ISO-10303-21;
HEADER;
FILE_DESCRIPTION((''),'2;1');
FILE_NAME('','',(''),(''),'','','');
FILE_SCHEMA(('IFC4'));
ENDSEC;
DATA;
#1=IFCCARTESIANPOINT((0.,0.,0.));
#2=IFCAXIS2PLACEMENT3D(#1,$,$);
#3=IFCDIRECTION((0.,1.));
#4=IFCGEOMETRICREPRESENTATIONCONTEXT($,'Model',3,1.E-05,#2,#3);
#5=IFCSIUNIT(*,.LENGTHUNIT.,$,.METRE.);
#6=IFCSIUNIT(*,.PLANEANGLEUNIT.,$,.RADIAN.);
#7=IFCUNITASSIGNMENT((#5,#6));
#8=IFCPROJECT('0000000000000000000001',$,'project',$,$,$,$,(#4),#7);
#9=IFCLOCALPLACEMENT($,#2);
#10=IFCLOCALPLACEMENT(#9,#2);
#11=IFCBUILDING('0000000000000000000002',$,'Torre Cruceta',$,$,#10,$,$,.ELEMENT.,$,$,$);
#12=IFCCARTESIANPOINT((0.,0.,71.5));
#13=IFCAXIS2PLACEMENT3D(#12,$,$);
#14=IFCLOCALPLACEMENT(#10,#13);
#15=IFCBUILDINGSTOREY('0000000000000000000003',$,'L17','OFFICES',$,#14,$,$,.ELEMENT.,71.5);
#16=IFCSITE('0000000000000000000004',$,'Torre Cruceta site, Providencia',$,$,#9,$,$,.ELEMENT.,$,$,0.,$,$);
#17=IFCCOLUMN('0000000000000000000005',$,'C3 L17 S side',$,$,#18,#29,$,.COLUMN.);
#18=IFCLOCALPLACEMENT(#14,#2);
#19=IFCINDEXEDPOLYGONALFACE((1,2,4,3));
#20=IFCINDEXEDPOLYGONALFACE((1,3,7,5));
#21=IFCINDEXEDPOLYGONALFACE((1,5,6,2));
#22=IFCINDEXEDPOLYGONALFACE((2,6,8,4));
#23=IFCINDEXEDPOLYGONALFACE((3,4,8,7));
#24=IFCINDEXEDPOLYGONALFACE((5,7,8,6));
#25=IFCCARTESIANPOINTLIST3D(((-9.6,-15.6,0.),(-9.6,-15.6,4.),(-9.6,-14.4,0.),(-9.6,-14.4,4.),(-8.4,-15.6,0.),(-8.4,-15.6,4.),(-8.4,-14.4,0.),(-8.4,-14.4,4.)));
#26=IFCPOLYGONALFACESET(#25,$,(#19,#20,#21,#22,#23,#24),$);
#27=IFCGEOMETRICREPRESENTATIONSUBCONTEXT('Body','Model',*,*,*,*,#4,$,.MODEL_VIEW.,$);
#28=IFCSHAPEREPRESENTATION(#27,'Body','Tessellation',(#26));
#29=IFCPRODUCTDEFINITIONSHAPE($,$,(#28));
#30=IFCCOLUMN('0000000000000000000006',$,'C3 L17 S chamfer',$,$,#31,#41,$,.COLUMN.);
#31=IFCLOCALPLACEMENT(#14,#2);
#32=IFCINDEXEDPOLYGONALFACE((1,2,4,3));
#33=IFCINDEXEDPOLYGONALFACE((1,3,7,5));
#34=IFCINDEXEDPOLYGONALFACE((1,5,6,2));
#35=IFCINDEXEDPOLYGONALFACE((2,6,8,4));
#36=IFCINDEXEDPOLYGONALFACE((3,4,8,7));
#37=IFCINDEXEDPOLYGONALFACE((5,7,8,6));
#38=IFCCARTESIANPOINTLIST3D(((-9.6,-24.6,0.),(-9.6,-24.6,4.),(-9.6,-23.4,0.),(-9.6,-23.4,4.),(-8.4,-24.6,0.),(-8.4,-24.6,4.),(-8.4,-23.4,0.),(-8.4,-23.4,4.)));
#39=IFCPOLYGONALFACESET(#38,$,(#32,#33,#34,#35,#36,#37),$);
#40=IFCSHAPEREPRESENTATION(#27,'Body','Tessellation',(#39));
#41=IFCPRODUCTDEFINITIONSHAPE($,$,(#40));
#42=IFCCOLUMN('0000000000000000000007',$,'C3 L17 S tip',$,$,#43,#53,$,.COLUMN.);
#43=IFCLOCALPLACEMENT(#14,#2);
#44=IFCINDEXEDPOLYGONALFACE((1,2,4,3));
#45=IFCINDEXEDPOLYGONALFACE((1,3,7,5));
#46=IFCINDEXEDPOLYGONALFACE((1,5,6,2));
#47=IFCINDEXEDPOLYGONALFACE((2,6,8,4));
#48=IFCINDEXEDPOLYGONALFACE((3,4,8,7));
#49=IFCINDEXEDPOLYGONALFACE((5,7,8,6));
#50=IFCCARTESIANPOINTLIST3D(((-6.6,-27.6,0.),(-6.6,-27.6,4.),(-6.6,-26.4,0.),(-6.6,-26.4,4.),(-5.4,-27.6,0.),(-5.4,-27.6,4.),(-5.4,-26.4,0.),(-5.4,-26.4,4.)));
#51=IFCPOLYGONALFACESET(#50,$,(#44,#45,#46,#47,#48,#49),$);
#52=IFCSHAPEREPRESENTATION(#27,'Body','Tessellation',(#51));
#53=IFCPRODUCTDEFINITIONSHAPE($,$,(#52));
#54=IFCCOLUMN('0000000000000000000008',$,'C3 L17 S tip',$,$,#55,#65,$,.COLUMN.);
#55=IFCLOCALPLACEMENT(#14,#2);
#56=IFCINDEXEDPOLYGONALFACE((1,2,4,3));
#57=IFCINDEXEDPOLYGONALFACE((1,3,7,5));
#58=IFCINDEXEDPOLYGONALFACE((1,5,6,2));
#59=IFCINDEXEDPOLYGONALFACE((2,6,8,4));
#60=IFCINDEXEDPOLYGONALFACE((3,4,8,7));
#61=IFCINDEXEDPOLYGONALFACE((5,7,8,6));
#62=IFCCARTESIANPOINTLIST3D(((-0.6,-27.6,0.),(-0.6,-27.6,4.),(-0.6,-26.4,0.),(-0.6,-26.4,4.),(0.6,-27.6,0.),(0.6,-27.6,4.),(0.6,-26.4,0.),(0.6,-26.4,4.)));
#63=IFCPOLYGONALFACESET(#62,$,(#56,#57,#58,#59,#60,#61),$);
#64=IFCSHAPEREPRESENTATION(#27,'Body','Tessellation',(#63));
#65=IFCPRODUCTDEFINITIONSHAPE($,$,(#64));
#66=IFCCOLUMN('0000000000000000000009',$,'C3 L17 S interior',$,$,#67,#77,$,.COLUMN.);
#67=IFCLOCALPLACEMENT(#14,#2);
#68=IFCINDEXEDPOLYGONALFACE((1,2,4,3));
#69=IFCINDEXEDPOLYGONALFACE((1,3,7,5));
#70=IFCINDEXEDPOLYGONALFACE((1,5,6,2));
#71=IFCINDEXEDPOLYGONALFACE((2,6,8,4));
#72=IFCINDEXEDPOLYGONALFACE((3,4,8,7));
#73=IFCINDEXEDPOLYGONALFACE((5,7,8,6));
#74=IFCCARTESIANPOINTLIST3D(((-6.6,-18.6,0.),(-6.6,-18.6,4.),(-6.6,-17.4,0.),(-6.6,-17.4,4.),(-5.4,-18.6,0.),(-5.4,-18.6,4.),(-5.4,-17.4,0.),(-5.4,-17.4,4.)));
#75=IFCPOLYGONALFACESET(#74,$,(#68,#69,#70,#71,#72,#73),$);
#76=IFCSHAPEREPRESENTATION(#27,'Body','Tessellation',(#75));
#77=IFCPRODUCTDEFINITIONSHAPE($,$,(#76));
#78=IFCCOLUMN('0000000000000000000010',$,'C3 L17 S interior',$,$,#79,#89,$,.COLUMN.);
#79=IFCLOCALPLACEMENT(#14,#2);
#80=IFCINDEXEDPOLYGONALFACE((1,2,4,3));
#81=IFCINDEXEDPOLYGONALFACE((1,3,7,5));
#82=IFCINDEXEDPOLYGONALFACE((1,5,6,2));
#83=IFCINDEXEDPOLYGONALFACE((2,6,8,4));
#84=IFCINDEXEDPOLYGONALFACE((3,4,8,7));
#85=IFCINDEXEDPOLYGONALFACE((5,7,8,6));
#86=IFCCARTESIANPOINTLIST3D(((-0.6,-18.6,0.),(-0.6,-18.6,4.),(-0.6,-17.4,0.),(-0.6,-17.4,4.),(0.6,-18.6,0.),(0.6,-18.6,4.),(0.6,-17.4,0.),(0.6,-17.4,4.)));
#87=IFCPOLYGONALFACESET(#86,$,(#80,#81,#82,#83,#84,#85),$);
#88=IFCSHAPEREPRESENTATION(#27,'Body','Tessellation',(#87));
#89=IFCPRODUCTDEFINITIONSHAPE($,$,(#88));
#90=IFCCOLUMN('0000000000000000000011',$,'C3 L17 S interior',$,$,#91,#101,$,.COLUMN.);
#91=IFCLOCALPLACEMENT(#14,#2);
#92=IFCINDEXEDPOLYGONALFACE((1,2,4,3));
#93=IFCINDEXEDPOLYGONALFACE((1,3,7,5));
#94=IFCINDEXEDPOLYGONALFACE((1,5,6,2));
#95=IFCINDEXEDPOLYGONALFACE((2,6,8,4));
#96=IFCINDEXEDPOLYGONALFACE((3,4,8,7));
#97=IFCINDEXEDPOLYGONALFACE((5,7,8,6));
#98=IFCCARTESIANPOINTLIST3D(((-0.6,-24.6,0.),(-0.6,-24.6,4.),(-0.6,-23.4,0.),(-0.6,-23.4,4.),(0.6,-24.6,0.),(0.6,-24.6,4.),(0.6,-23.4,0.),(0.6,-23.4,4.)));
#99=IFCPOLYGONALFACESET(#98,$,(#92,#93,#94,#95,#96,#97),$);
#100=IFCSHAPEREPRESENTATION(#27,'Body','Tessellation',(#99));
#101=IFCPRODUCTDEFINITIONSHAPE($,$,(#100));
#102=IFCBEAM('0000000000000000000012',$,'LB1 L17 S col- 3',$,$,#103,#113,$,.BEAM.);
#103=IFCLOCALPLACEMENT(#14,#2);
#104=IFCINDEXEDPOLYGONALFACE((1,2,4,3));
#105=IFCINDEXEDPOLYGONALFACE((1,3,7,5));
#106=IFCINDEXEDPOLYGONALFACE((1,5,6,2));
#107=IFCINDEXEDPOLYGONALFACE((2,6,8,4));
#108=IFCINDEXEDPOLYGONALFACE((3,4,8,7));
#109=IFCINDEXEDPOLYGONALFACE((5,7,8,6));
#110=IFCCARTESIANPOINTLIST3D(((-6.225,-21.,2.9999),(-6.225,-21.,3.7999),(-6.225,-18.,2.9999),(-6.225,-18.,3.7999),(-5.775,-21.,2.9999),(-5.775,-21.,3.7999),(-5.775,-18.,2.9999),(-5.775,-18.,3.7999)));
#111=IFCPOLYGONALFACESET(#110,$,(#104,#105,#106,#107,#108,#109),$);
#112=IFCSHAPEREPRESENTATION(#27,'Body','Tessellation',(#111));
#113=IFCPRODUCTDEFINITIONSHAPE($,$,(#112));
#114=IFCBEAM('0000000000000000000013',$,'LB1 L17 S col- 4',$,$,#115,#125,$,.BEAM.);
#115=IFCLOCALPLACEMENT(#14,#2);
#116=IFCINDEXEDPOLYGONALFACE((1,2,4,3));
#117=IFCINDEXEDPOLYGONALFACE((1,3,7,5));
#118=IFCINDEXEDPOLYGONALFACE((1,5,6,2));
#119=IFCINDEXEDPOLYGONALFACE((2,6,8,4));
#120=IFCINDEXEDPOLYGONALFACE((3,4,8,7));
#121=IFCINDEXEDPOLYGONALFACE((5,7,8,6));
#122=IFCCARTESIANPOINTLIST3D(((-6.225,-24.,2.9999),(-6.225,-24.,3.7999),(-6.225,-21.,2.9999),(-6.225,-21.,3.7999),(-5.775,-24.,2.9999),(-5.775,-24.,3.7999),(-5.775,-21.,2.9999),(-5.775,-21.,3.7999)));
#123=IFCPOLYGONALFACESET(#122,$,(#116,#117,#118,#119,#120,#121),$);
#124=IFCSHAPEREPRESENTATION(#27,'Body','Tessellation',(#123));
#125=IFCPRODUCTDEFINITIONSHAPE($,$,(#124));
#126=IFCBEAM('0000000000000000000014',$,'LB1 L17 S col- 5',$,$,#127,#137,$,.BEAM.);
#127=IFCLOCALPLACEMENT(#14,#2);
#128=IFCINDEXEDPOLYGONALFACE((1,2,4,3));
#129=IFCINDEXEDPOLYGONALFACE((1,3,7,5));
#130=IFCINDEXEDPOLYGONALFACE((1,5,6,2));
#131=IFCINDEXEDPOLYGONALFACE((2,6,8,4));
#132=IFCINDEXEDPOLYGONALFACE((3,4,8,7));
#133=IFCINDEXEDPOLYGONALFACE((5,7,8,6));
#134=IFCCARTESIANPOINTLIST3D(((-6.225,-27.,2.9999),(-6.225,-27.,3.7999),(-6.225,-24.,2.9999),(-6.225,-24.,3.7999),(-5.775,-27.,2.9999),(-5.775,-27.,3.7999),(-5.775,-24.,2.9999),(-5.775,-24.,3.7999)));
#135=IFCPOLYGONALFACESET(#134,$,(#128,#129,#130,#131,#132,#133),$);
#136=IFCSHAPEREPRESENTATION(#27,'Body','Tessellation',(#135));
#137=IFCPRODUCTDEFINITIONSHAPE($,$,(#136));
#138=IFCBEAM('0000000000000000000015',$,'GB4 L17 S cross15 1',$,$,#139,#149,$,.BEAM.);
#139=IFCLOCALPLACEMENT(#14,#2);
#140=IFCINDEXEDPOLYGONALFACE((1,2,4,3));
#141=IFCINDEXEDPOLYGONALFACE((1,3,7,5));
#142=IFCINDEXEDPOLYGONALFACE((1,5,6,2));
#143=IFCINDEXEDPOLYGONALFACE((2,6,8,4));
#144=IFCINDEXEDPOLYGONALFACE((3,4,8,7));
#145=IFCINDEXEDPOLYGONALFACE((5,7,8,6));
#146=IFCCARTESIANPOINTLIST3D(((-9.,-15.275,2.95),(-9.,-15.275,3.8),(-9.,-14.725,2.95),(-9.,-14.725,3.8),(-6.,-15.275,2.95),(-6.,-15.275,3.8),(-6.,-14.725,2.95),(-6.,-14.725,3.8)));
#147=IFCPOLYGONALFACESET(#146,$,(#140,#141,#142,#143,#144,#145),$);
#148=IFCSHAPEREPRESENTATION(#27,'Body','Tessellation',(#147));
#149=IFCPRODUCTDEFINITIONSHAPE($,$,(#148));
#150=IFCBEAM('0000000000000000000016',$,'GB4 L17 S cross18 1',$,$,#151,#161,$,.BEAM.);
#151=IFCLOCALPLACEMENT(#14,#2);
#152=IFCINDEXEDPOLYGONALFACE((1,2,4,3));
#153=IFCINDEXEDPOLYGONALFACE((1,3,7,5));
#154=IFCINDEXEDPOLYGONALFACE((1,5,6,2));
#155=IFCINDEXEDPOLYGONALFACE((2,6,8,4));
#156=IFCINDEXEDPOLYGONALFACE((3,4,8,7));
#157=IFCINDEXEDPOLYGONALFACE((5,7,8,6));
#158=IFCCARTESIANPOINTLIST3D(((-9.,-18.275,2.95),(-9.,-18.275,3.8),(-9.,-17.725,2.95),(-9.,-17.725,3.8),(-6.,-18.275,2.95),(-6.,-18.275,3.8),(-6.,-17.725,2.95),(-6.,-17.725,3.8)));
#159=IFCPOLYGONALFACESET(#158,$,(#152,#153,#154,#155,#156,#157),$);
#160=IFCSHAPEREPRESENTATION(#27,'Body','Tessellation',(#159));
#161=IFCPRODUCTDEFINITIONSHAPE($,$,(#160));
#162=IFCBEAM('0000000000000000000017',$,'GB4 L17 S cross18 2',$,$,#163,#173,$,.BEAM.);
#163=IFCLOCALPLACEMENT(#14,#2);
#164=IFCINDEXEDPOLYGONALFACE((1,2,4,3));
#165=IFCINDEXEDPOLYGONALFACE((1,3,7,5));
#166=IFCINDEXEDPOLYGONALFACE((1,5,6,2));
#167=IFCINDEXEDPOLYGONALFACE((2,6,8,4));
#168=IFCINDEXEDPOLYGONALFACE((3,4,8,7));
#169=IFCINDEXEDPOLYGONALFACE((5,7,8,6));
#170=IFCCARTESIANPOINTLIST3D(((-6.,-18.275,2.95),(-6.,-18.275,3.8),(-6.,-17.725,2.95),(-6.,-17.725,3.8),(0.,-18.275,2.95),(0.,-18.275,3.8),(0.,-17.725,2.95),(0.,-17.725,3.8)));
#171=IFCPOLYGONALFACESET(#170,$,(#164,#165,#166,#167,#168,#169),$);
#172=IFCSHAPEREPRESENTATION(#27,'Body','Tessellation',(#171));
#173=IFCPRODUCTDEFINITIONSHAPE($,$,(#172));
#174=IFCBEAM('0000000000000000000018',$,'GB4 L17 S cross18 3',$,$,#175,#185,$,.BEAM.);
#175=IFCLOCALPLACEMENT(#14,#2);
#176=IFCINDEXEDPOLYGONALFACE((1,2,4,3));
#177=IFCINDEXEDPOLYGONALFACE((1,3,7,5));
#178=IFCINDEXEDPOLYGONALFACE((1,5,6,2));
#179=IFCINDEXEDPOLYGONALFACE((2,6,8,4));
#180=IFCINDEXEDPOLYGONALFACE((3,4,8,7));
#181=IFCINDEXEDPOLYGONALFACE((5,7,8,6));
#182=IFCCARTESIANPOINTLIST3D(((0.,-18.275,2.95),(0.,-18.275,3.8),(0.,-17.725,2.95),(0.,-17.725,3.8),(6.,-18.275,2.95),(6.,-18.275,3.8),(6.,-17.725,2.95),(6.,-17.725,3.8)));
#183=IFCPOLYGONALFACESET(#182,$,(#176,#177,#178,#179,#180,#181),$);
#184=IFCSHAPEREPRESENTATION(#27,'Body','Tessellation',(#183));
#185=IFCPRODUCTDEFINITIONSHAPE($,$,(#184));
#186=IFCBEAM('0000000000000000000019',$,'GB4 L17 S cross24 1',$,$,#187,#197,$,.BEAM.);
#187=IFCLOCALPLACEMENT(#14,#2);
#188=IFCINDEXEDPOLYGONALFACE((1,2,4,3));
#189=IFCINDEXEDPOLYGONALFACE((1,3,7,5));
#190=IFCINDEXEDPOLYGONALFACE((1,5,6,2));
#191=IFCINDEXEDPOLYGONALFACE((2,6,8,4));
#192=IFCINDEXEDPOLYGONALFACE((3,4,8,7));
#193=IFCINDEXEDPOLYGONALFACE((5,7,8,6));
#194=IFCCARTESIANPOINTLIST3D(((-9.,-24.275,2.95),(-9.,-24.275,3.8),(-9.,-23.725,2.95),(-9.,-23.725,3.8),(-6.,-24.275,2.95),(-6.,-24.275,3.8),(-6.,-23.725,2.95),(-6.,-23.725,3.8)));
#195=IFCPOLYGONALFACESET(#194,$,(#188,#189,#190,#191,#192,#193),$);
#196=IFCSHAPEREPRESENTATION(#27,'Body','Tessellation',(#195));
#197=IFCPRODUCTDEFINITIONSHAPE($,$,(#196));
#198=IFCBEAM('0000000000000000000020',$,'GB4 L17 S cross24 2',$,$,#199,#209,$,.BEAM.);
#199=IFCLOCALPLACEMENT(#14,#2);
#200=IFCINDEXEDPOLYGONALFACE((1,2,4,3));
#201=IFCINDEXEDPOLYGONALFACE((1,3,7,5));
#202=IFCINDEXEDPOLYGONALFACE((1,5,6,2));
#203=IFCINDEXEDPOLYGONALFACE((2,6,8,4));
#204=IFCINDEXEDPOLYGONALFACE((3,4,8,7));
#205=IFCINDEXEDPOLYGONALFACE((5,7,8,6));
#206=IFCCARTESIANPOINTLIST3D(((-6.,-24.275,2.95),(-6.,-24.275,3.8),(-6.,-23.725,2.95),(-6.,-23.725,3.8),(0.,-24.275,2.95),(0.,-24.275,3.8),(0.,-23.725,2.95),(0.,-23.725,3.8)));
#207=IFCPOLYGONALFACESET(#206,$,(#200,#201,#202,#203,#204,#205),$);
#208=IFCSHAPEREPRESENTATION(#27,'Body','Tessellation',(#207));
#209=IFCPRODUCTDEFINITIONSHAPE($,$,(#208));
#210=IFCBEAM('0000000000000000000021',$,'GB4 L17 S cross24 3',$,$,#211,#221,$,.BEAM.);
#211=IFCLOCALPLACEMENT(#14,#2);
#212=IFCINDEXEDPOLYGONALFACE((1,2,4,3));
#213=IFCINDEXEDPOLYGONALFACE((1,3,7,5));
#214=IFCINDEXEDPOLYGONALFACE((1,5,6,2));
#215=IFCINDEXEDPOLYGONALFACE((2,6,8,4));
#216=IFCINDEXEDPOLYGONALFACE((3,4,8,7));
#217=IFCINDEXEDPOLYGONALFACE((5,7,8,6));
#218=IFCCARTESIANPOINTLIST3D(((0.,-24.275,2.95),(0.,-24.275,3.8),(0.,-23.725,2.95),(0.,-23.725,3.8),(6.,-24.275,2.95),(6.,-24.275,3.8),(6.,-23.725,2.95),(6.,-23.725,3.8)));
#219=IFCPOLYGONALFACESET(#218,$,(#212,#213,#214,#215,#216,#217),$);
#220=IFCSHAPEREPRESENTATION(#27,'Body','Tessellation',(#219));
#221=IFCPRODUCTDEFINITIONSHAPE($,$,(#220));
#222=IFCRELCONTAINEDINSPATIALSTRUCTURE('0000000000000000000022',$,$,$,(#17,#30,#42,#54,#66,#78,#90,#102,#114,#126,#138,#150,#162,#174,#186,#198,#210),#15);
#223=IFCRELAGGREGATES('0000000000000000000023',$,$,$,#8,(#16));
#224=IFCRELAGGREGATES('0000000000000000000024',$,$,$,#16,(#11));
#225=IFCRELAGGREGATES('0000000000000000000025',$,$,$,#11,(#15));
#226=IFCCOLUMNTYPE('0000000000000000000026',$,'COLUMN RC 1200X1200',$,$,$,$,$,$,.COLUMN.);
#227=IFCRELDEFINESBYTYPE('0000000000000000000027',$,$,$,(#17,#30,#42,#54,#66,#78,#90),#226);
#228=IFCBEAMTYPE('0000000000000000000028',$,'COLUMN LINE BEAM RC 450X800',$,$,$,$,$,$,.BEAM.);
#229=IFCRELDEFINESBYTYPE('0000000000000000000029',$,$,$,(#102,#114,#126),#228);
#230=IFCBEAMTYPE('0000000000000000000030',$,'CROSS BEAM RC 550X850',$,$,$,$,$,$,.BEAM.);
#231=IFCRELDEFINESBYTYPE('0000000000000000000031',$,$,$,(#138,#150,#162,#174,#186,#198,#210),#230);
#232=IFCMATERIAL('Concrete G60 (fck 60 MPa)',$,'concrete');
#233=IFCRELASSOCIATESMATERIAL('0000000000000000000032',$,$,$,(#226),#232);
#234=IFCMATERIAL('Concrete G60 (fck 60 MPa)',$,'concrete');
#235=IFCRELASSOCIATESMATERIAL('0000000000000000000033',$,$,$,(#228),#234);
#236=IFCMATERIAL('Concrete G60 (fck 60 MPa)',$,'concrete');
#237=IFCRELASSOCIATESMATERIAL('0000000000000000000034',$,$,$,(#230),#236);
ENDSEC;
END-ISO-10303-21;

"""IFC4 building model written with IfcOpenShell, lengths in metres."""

from ifc_helpers import new_model, si_unit, direction, frame, origin, origin_2d, place, context, subcontext, project, spatial, rectangle, extrude, material, material_profile, profile_set, type_object, element, save


model = new_model("IFC4")

# Units and contexts
model_context = context("Model", 3, precision=1e-05, world=origin(), true_north=direction((0.0, 1.0)))
body_context = subcontext(model_context, "Body", "Model", "MODEL_VIEW")
ifc_project = project(units=[si_unit("LENGTHUNIT", "METRE"), si_unit("PLANEANGLEUNIT", "RADIAN")], contexts=[model_context])

# Site, building, storey
site_placement = place(None, origin())
site = spatial("IfcSite", under=ifc_project, at=site_placement, Name="Torre Cruceta site, Providencia", CompositionType="ELEMENT", RefElevation=0.0)
building_placement = place(site_placement, origin())
building = spatial("IfcBuilding", under=site, at=building_placement, Name="Torre Cruceta", CompositionType="ELEMENT")
storey_placement = place(building_placement, frame((0.0, 0.0, 71.5)))
storey = spatial("IfcBuildingStorey", under=building, at=storey_placement, Name="L17", Description="OFFICES", CompositionType="ELEMENT", Elevation=71.5)

# Columns
ifc_material_1 = material(Name="Concrete G60 (fck 60 MPa)", Category="concrete")
ifc_material_profile_1 = material_profile(ifc_material_1, rectangle(XDim=1.2, YDim=1.2, at=origin_2d()), Name="RC 1200X1200")
ifc_profile_set_1 = profile_set([ifc_material_profile_1], Name="Concrete G60 (fck 60 MPa)")
column_type = type_object("IfcColumnType", Name="COLUMN RC 1200X1200", PredefinedType="COLUMN", material=ifc_profile_set_1)
for number, where, z_axis, x_axis, name in (
    (1, (-9.0, -15.0, 0.0), (0.0, 0.0, 1.0), (1.0, 0.0, 0.0), "C3 L17 S side"),
    (2, (-9.0, -24.0, 0.0), (0.0, 0.0, 1.0), (1.0, 0.0, 0.0), "C3 L17 S chamfer"),
    (3, (-6.0, -27.0, 0.0), (0.0, 0.0, 1.0), (1.0, 0.0, 0.0), "C3 L17 S tip"),
    (4, (0.0, -27.0, 0.0), (0.0, 0.0, 1.0), (1.0, 0.0, 0.0), "C3 L17 S tip"),
    (5, (-6.0, -18.0, 0.0), (0.0, 0.0, 1.0), (1.0, 0.0, 0.0), "C3 L17 S interior"),
    (6, (0.0, -18.0, 0.0), (0.0, 0.0, 1.0), (1.0, 0.0, 0.0), "C3 L17 S interior"),
    (7, (0.0, -24.0, 0.0), (0.0, 0.0, 1.0), (1.0, 0.0, 0.0), "C3 L17 S interior"),
):
    element("IfcColumn", number, at=place(storey_placement, frame(where, z_axis=z_axis, x_axis=x_axis)), inside=storey, type_object=column_type, Name=name, PredefinedType="COLUMN", context=body_context, shape_type="SweptSolid", body=[
        extrude(rectangle(XDim=1.2, YDim=1.2, at=origin_2d()), origin(), (0.0, 0.0, 1.0), 4.0),
    ])

# Beams
ifc_material_2 = material(Name="Concrete G60 (fck 60 MPa)", Category="concrete")
ifc_material_profile_2 = material_profile(ifc_material_2, rectangle(XDim=0.45, YDim=0.8, at=origin_2d()), Name="RC 450X800")
ifc_profile_set_2 = profile_set([ifc_material_profile_2], Name="Concrete G60 (fck 60 MPa)")
beam_type_1 = type_object("IfcBeamType", Name="COLUMN LINE BEAM RC 450X800", PredefinedType="BEAM", material=ifc_profile_set_2)
for number, where, z_axis, x_axis, name in (
    (8, (-6.0, -18.0, 3.3999), (0.0, -1.0, 0.0), (1.0, 0.0, 0.0), "LB1 L17 S col- 3"),
    (9, (-6.0, -21.0, 3.3999), (0.0, -1.0, 0.0), (1.0, 0.0, 0.0), "LB1 L17 S col- 4"),
    (10, (-6.0, -24.0, 3.3999), (0.0, -1.0, 0.0), (1.0, 0.0, 0.0), "LB1 L17 S col- 5"),
):
    element("IfcBeam", number, at=place(storey_placement, frame(where, z_axis=z_axis, x_axis=x_axis)), inside=storey, type_object=beam_type_1, Name=name, PredefinedType="BEAM", context=body_context, shape_type="SweptSolid", body=[
        extrude(rectangle(XDim=0.45, YDim=0.8, at=origin_2d()), origin(), (0.0, 0.0, 1.0), 3.0),
    ])
ifc_material_3 = material(Name="Concrete G60 (fck 60 MPa)", Category="concrete")
ifc_material_profile_3 = material_profile(ifc_material_3, rectangle(XDim=0.55, YDim=0.8501, at=origin_2d()), Name="RC 550X850")
ifc_profile_set_3 = profile_set([ifc_material_profile_3], Name="Concrete G60 (fck 60 MPa)")
beam_type_2 = type_object("IfcBeamType", Name="CROSS BEAM RC 550X850", PredefinedType="BEAM", material=ifc_profile_set_3)
for number, where, z_axis, x_axis, name in (
    (11, (-9.0, -15.0, 3.375), (1.0, 0.0, 0.0), (0.0, 1.0, 0.0), "GB4 L17 S cross15 1"),
    (12, (-9.0, -18.0, 3.375), (1.0, 0.0, 0.0), (0.0, 1.0, 0.0), "GB4 L17 S cross18 1"),
):
    element("IfcBeam", number, at=place(storey_placement, frame(where, z_axis=z_axis, x_axis=x_axis)), inside=storey, type_object=beam_type_2, Name=name, PredefinedType="BEAM", context=body_context, shape_type="SweptSolid", body=[
        extrude(rectangle(XDim=0.55, YDim=0.8501, at=origin_2d()), origin(), (0.0, 0.0, 1.0), 3.0),
    ])
for number, where, z_axis, x_axis, name in (
    (13, (-6.0, -18.0, 3.375), (1.0, 0.0, 0.0), (0.0, 1.0, 0.0), "GB4 L17 S cross18 2"),
    (14, (0.0, -18.0, 3.375), (1.0, 0.0, 0.0), (0.0, 1.0, 0.0), "GB4 L17 S cross18 3"),
):
    element("IfcBeam", number, at=place(storey_placement, frame(where, z_axis=z_axis, x_axis=x_axis)), inside=storey, type_object=beam_type_2, Name=name, PredefinedType="BEAM", context=body_context, shape_type="SweptSolid", body=[
        extrude(rectangle(XDim=0.55, YDim=0.8501, at=origin_2d()), origin(), (0.0, 0.0, 1.0), 6.0),
    ])
beam_1_placement = place(storey_placement, frame((-9.0, -24.0, 3.375), z_axis=(1.0, 0.0, 0.0), x_axis=(0.0, 1.0, 0.0)))
element("IfcBeam", 15, at=beam_1_placement, inside=storey, type_object=beam_type_2, Name="GB4 L17 S cross24 1", PredefinedType="BEAM", context=body_context, shape_type="SweptSolid", body=[
    extrude(rectangle(XDim=0.55, YDim=0.8501, at=origin_2d()), origin(), (0.0, 0.0, 1.0), 3.0),
])
for number, where, z_axis, x_axis, name in (
    (16, (-6.0, -24.0, 3.375), (1.0, 0.0, 0.0), (0.0, 1.0, 0.0), "GB4 L17 S cross24 2"),
    (17, (0.0, -24.0, 3.375), (1.0, 0.0, 0.0), (0.0, 1.0, 0.0), "GB4 L17 S cross24 3"),
):
    element("IfcBeam", number, at=place(storey_placement, frame(where, z_axis=z_axis, x_axis=x_axis)), inside=storey, type_object=beam_type_2, Name=name, PredefinedType="BEAM", context=body_context, shape_type="SweptSolid", body=[
        extrude(rectangle(XDim=0.55, YDim=0.8501, at=origin_2d()), origin(), (0.0, 0.0, 1.0), 6.0),
    ])

save(model, "model.ifc")
